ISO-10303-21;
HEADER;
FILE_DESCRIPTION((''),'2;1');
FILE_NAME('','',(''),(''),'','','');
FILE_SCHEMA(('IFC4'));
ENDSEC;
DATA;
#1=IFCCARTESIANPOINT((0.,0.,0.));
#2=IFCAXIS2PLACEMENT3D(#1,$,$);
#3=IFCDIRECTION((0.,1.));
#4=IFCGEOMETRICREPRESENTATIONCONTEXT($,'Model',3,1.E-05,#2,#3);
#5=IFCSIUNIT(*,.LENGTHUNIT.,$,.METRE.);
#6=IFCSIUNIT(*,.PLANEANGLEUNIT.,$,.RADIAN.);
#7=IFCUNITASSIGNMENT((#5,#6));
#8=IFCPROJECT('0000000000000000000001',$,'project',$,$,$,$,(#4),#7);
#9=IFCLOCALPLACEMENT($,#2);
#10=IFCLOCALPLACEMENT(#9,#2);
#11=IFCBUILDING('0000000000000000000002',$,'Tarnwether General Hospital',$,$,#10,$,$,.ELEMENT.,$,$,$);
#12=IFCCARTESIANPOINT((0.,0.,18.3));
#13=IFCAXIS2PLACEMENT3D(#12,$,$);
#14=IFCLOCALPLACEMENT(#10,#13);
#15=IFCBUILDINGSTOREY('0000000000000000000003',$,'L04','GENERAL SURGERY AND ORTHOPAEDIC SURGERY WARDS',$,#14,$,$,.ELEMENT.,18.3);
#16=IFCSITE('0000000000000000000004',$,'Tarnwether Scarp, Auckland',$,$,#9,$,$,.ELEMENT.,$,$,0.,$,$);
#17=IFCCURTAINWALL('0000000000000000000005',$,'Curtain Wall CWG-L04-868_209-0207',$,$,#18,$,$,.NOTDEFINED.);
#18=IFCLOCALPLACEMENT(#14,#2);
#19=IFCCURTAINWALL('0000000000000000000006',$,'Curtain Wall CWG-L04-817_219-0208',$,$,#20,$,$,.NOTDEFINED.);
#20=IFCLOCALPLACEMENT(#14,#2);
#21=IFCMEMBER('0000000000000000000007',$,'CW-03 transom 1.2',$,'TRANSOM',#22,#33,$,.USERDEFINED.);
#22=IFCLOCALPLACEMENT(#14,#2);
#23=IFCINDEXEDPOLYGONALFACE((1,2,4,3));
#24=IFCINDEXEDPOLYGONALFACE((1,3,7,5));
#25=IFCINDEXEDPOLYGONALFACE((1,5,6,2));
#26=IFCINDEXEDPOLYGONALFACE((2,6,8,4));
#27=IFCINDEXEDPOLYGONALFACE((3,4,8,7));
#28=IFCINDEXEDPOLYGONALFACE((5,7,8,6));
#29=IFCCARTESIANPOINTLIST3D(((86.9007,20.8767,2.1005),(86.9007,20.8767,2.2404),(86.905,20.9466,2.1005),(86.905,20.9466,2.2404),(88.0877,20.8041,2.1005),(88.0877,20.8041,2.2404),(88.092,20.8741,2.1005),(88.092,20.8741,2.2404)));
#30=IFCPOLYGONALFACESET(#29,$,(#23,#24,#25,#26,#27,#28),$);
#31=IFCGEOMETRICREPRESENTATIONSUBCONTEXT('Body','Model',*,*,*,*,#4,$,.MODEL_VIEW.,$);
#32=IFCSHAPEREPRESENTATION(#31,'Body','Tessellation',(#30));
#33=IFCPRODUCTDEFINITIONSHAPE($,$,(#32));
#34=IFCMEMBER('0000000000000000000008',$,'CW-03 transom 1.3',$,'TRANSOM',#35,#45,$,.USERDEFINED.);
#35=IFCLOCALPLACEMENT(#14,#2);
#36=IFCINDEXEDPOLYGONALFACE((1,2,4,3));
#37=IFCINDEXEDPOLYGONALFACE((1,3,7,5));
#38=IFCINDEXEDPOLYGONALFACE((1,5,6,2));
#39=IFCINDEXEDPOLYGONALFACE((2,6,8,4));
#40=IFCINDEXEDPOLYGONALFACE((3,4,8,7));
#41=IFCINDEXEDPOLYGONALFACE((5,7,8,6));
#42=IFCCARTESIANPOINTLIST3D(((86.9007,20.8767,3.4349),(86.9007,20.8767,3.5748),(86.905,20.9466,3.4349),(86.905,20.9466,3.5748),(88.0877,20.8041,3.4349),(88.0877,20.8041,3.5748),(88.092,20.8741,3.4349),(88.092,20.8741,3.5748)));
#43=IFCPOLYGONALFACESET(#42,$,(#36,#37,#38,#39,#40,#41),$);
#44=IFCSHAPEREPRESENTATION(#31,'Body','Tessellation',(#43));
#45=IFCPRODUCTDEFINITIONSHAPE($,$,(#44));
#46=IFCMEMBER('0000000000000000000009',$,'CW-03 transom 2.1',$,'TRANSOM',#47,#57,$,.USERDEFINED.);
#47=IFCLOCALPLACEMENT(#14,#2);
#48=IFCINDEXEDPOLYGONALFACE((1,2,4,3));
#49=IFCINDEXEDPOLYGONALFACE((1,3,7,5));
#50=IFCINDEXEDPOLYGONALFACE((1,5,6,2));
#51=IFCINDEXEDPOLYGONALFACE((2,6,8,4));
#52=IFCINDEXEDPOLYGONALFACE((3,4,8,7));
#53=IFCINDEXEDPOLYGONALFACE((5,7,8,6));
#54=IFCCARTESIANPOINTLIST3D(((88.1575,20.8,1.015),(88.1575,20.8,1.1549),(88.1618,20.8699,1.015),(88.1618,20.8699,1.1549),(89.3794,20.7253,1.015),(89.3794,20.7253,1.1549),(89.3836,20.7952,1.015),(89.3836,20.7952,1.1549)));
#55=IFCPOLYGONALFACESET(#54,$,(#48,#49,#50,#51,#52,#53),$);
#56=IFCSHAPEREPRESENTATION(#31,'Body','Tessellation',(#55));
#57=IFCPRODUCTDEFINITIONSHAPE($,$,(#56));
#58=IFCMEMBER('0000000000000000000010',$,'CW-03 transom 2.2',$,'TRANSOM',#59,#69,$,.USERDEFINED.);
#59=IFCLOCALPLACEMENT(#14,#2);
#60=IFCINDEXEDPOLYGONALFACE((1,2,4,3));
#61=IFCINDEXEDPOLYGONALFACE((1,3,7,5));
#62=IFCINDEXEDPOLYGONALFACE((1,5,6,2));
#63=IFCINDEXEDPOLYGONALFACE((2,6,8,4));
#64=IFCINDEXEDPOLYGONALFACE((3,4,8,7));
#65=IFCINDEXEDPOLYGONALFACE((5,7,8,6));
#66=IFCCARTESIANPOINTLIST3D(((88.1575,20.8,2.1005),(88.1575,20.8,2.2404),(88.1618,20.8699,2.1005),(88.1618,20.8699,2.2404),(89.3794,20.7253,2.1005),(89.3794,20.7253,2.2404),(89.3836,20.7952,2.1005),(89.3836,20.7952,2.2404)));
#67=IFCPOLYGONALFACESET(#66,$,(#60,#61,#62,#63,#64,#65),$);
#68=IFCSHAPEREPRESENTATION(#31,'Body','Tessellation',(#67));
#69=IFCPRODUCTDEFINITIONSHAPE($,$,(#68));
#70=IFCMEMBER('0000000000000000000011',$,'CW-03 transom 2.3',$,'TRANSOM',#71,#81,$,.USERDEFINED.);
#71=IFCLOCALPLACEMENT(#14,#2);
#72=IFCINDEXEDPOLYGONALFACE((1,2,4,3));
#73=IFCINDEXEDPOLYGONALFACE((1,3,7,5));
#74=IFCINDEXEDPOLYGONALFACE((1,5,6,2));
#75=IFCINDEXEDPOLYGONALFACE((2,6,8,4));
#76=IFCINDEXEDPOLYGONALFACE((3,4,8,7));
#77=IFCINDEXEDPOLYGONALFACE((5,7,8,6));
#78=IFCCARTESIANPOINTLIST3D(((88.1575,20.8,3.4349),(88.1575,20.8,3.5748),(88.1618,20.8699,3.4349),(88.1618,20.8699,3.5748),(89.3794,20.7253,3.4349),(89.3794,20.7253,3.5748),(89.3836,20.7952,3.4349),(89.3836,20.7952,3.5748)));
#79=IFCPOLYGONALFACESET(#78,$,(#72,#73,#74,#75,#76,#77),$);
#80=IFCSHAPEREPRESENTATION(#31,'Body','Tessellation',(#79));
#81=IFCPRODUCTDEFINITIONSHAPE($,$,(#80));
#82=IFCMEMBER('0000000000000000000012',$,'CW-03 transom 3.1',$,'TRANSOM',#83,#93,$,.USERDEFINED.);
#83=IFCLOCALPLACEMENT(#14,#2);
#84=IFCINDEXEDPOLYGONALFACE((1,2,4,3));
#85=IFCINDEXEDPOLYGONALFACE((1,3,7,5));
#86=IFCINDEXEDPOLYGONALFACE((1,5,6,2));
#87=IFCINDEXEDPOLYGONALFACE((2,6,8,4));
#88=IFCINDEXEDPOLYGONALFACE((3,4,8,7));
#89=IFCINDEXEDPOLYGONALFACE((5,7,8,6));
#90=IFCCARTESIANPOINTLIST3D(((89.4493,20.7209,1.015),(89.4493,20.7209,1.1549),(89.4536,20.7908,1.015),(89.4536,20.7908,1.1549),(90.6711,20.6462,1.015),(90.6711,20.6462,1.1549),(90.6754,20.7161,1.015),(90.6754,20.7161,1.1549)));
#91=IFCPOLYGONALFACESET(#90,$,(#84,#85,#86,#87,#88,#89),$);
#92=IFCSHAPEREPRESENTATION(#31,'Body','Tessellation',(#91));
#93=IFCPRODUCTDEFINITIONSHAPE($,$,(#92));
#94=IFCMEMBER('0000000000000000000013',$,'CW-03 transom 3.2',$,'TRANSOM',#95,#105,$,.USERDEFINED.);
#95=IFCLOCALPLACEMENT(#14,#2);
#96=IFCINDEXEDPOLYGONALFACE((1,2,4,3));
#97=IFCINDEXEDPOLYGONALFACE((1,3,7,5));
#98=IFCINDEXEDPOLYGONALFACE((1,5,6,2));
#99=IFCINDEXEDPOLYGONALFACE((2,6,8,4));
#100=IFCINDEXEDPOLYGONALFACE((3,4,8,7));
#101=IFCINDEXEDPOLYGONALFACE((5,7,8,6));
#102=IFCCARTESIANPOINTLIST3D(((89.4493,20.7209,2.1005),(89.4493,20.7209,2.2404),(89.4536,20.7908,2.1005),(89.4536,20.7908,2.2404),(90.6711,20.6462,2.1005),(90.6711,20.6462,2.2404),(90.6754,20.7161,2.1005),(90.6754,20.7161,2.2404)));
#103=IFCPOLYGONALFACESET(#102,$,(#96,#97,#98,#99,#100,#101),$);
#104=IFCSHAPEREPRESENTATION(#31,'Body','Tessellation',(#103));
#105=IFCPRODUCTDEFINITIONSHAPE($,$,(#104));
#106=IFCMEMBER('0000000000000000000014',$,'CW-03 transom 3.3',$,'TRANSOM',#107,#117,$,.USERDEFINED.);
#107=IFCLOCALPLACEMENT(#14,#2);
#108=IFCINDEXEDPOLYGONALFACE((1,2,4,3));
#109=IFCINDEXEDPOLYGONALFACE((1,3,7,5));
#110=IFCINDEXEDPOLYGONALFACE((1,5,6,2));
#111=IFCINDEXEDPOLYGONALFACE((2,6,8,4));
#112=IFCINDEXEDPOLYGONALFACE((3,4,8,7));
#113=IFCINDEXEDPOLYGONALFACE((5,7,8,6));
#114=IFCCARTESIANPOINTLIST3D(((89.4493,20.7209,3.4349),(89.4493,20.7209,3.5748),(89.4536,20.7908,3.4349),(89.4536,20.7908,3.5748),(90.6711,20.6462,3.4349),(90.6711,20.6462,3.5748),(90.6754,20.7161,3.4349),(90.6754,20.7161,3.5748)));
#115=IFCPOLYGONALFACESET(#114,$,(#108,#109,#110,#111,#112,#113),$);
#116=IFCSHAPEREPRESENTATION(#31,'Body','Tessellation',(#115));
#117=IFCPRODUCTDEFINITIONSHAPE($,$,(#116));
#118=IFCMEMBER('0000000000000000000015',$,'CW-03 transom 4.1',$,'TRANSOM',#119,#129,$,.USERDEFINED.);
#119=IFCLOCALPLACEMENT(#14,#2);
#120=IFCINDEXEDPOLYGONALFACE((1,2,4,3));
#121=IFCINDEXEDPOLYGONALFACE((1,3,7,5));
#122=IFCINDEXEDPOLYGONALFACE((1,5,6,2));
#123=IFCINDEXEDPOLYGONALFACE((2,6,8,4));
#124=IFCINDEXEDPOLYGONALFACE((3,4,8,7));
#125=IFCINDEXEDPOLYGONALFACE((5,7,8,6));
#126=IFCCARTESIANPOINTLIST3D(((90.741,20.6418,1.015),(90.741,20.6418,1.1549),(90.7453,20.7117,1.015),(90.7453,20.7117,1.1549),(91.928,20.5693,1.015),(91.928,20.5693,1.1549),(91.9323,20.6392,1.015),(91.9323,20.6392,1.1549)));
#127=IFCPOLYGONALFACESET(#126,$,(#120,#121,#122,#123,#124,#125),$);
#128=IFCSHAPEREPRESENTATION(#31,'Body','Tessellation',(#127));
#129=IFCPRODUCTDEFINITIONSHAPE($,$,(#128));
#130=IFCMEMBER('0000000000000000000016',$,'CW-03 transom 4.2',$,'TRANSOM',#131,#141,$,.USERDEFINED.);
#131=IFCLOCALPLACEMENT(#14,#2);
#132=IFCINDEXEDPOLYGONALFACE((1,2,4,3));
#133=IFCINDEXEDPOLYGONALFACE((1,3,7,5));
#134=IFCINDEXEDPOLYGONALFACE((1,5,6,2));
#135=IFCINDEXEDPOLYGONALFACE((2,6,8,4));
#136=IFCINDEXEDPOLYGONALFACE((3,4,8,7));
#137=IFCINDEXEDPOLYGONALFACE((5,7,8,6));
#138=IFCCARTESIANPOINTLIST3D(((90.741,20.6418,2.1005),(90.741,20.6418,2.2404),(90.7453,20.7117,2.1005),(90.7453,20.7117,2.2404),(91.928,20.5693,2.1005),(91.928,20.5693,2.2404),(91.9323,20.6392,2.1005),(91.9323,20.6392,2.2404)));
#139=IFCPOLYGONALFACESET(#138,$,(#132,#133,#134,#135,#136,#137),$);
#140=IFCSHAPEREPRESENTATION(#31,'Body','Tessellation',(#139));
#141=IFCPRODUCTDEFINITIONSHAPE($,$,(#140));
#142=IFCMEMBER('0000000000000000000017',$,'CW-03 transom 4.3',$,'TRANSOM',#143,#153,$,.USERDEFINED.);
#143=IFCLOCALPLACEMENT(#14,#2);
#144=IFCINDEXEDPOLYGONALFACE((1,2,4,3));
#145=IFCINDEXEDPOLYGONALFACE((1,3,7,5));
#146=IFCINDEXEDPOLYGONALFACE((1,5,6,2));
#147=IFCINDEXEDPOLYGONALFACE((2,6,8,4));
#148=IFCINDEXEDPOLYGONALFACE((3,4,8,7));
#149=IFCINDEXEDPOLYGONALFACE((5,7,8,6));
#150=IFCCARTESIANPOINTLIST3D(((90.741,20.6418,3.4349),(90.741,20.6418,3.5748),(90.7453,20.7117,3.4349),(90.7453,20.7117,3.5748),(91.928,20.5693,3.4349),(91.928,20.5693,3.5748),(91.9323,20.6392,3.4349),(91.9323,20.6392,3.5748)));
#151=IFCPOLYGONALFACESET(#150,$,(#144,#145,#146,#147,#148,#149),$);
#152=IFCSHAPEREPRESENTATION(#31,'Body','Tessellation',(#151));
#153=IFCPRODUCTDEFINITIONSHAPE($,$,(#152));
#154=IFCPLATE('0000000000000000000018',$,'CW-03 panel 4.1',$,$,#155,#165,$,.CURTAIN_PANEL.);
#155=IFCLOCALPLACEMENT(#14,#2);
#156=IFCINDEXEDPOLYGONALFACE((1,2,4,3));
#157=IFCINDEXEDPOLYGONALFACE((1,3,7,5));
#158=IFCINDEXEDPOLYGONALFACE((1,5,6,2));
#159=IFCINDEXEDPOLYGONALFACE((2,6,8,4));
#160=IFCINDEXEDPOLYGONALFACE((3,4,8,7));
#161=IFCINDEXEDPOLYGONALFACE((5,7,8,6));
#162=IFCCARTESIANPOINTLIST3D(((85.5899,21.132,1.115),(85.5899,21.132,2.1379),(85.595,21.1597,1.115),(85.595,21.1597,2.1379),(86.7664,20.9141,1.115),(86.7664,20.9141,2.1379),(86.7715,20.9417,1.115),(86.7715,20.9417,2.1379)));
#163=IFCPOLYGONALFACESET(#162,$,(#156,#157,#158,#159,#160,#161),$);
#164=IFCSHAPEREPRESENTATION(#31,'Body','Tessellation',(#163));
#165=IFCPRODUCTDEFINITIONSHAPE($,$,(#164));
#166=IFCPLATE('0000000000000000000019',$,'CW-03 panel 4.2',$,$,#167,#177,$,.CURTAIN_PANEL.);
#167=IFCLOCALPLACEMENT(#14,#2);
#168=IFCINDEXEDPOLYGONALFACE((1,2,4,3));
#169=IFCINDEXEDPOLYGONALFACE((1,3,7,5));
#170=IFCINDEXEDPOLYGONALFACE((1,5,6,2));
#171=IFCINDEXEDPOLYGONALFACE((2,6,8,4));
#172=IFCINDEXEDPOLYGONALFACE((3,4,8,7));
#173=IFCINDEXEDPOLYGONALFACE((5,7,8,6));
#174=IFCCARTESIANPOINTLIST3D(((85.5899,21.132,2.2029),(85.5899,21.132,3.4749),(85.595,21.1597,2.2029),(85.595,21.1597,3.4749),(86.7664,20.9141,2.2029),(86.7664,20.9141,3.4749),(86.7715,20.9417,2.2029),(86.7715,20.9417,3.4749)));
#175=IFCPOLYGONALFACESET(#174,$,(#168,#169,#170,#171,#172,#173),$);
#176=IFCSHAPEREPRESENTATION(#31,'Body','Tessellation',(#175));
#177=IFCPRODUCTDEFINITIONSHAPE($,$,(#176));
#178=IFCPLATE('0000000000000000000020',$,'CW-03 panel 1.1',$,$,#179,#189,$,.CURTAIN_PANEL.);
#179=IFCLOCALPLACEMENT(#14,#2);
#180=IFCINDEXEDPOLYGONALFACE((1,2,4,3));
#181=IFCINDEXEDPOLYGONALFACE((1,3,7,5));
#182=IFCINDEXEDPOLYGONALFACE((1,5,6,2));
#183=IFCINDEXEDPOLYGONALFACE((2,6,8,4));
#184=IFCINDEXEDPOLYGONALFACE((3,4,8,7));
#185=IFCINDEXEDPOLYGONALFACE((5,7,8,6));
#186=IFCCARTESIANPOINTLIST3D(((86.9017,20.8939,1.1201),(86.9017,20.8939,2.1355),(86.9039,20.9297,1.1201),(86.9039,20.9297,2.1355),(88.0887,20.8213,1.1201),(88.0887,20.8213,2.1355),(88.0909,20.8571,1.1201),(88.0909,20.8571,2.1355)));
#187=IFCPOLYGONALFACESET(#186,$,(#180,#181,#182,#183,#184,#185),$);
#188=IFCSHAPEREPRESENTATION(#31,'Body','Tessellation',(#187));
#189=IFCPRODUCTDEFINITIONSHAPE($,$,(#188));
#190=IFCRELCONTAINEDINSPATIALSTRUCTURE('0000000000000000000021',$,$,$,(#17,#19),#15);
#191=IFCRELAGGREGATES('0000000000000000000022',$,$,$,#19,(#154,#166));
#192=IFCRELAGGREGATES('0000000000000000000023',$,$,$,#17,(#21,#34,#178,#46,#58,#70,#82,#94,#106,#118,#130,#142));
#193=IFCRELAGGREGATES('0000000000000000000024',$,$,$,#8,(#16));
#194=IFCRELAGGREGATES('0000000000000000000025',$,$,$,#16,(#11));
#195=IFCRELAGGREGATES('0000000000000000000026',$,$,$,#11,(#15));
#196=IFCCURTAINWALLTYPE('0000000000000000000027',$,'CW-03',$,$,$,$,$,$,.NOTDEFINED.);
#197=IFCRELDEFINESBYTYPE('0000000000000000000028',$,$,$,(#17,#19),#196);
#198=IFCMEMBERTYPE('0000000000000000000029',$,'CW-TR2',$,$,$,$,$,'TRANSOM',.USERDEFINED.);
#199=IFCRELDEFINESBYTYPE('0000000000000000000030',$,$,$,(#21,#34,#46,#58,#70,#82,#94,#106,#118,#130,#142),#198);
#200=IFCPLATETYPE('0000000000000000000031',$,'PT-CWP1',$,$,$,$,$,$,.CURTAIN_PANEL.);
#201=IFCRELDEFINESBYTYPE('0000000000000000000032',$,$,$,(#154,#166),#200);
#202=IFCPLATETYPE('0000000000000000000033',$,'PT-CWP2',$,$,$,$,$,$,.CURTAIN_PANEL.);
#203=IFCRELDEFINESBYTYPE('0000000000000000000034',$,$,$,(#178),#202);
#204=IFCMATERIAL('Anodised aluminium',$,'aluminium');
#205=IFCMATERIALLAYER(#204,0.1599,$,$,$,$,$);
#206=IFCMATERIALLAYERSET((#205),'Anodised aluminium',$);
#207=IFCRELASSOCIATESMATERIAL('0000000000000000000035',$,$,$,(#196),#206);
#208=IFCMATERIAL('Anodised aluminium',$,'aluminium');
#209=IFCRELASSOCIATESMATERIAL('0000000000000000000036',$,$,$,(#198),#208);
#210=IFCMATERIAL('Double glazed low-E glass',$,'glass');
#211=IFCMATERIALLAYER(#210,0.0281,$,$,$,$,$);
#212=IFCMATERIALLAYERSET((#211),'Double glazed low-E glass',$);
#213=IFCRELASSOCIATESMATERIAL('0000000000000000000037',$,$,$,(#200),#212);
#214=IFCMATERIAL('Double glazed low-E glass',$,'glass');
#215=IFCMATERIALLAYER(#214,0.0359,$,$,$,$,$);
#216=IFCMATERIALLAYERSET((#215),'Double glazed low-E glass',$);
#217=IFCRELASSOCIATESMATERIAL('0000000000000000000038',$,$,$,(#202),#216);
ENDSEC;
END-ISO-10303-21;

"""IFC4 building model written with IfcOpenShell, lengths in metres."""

from ifc_helpers import new_model, si_unit, direction, frame, origin, origin_2d, place, context, subcontext, project, spatial, rectangle, extrude, material, layer, layer_set, material_profile, profile_set, type_object, element, aggregate, save


model = new_model("IFC4")

# Units and contexts
model_context = context("Model", 3, precision=1e-05, world=origin(), true_north=direction((0.0, 1.0)))
body_context = subcontext(model_context, "Body", "Model", "MODEL_VIEW")
ifc_project = project(units=[si_unit("LENGTHUNIT", "METRE"), si_unit("PLANEANGLEUNIT", "RADIAN")], contexts=[model_context])

# Site, building, storey
site_placement = place(None, origin())
site = spatial("IfcSite", under=ifc_project, at=site_placement, Name="Tarnwether Scarp, Auckland", CompositionType="ELEMENT", RefElevation=0.0)
building_placement = place(site_placement, origin())
building = spatial("IfcBuilding", under=site, at=building_placement, Name="Tarnwether General Hospital", CompositionType="ELEMENT")
storey_placement = place(building_placement, frame((0.0, 0.0, 18.3)))
storey = spatial("IfcBuildingStorey", under=building, at=storey_placement, Name="L04", Description="GENERAL SURGERY AND ORTHOPAEDIC SURGERY WARDS", CompositionType="ELEMENT", Elevation=18.3)

# Curtain wall
ifc_material_1 = material(Name="Anodised aluminium", Category="aluminium")
ifc_layer_1 = layer(ifc_material_1, 0.1599)
ifc_layer_set_1 = layer_set([ifc_layer_1], Name="Anodised aluminium")
curtain_wall_type = type_object("IfcCurtainWallType", Name="CW-03", PredefinedType="NOTDEFINED", material=ifc_layer_set_1)
curtain_wall_1_placement = place(storey_placement, origin())
curtain_wall_1 = element("IfcCurtainWall", 1, at=curtain_wall_1_placement, inside=storey, type_object=curtain_wall_type, Name="Curtain Wall CWG-L04-868_209-0207", PredefinedType="NOTDEFINED")

# Curtain wall
curtain_wall_2_placement = place(storey_placement, origin())
curtain_wall_2 = element("IfcCurtainWall", 2, at=curtain_wall_2_placement, inside=storey, type_object=curtain_wall_type, Name="Curtain Wall CWG-L04-817_219-0208", PredefinedType="NOTDEFINED")

# Members
ifc_material_2 = material(Name="Anodised aluminium", Category="aluminium")
ifc_material_profile_1 = material_profile(ifc_material_2, rectangle(XDim=0.0701, YDim=0.1399, at=origin_2d()), Name="ALU-TRN-70x140")
ifc_profile_set_1 = profile_set([ifc_material_profile_1], Name="Anodised aluminium")
member_type_1 = type_object("IfcMemberType", Name="CW-TR2", ElementType="TRANSOM", PredefinedType="USERDEFINED", material=ifc_profile_set_1)
member_1_placement = place(storey_placement, frame((86.9028, 20.9116, 2.1704), z_axis=(0.998139, -0.060972, 0.0), x_axis=(0.060972, 0.998139, 0.0)))
member_1 = element("IfcMember", 3, at=member_1_placement, type_object=member_type_1, Name="CW-03 transom 1.2", ObjectType="TRANSOM", PredefinedType="USERDEFINED", context=body_context, shape_type="SweptSolid", body=[
    extrude(rectangle(XDim=0.0701, YDim=0.1399, at=origin_2d()), origin(), (0.0, 0.0, 1.0), 1.1892),
])
member_2_placement = place(storey_placement, frame((86.9028, 20.9116, 3.5049), z_axis=(0.998139, -0.060972, 0.0), x_axis=(0.060972, 0.998139, 0.0)))
member_2 = element("IfcMember", 4, at=member_2_placement, type_object=member_type_1, Name="CW-03 transom 1.3", ObjectType="TRANSOM", PredefinedType="USERDEFINED", context=body_context, shape_type="SweptSolid", body=[
    extrude(rectangle(XDim=0.0701, YDim=0.1399, at=origin_2d()), origin(), (0.0, 0.0, 1.0), 1.1892),
])
member_3_placement = place(storey_placement, frame((88.1597, 20.835, 1.085), z_axis=(0.998136, -0.061025, 0.0), x_axis=(0.061025, 0.998136, 0.0)))
member_3 = element("IfcMember", 5, at=member_3_placement, type_object=member_type_1, Name="CW-03 transom 2.1", ObjectType="TRANSOM", PredefinedType="USERDEFINED", context=body_context, shape_type="SweptSolid", body=[
    extrude(rectangle(XDim=0.0701, YDim=0.1399, at=origin_2d()), origin(), (0.0, 0.0, 1.0), 1.2241),
])
member_4_placement = place(storey_placement, frame((88.1597, 20.835, 2.1704), z_axis=(0.998136, -0.061025, 0.0), x_axis=(0.061025, 0.998136, 0.0)))
member_4 = element("IfcMember", 6, at=member_4_placement, type_object=member_type_1, Name="CW-03 transom 2.2", ObjectType="TRANSOM", PredefinedType="USERDEFINED", context=body_context, shape_type="SweptSolid", body=[
    extrude(rectangle(XDim=0.0701, YDim=0.1399, at=origin_2d()), origin(), (0.0, 0.0, 1.0), 1.2241),
])
member_5_placement = place(storey_placement, frame((88.1597, 20.835, 3.5049), z_axis=(0.998136, -0.061025, 0.0), x_axis=(0.061025, 0.998136, 0.0)))
member_5 = element("IfcMember", 7, at=member_5_placement, type_object=member_type_1, Name="CW-03 transom 2.3", ObjectType="TRANSOM", PredefinedType="USERDEFINED", context=body_context, shape_type="SweptSolid", body=[
    extrude(rectangle(XDim=0.0701, YDim=0.1399, at=origin_2d()), origin(), (0.0, 0.0, 1.0), 1.2241),
])
member_6_placement = place(storey_placement, frame((89.4514, 20.7559, 1.085), z_axis=(0.998136, -0.061025, 0.0), x_axis=(0.061025, 0.998136, 0.0)))
member_6 = element("IfcMember", 8, at=member_6_placement, type_object=member_type_1, Name="CW-03 transom 3.1", ObjectType="TRANSOM", PredefinedType="USERDEFINED", context=body_context, shape_type="SweptSolid", body=[
    extrude(rectangle(XDim=0.0701, YDim=0.1399, at=origin_2d()), origin(), (0.0, 0.0, 1.0), 1.2241),
])
member_7_placement = place(storey_placement, frame((89.4514, 20.7559, 2.1704), z_axis=(0.998136, -0.061025, 0.0), x_axis=(0.061025, 0.998136, 0.0)))
member_7 = element("IfcMember", 9, at=member_7_placement, type_object=member_type_1, Name="CW-03 transom 3.2", ObjectType="TRANSOM", PredefinedType="USERDEFINED", context=body_context, shape_type="SweptSolid", body=[
    extrude(rectangle(XDim=0.0701, YDim=0.1399, at=origin_2d()), origin(), (0.0, 0.0, 1.0), 1.2241),
])
member_8_placement = place(storey_placement, frame((89.4514, 20.7559, 3.5049), z_axis=(0.998136, -0.061025, 0.0), x_axis=(0.061025, 0.998136, 0.0)))
member_8 = element("IfcMember", 10, at=member_8_placement, type_object=member_type_1, Name="CW-03 transom 3.3", ObjectType="TRANSOM", PredefinedType="USERDEFINED", context=body_context, shape_type="SweptSolid", body=[
    extrude(rectangle(XDim=0.0701, YDim=0.1399, at=origin_2d()), origin(), (0.0, 0.0, 1.0), 1.2241),
])
member_9_placement = place(storey_placement, frame((90.7432, 20.6768, 1.085), z_axis=(0.998139, -0.060972, 0.0), x_axis=(0.060972, 0.998139, 0.0)))
member_9 = element("IfcMember", 11, at=member_9_placement, type_object=member_type_1, Name="CW-03 transom 4.1", ObjectType="TRANSOM", PredefinedType="USERDEFINED", context=body_context, shape_type="SweptSolid", body=[
    extrude(rectangle(XDim=0.0701, YDim=0.1399, at=origin_2d()), origin(), (0.0, 0.0, 1.0), 1.1892),
])
member_10_placement = place(storey_placement, frame((90.7432, 20.6768, 2.1704), z_axis=(0.998139, -0.060972, 0.0), x_axis=(0.060972, 0.998139, 0.0)))
member_10 = element("IfcMember", 12, at=member_10_placement, type_object=member_type_1, Name="CW-03 transom 4.2", ObjectType="TRANSOM", PredefinedType="USERDEFINED", context=body_context, shape_type="SweptSolid", body=[
    extrude(rectangle(XDim=0.0701, YDim=0.1399, at=origin_2d()), origin(), (0.0, 0.0, 1.0), 1.1892),
])
member_11_placement = place(storey_placement, frame((90.7432, 20.6768, 3.5049), z_axis=(0.998139, -0.060972, 0.0), x_axis=(0.060972, 0.998139, 0.0)))
member_11 = element("IfcMember", 13, at=member_11_placement, type_object=member_type_1, Name="CW-03 transom 4.3", ObjectType="TRANSOM", PredefinedType="USERDEFINED", context=body_context, shape_type="SweptSolid", body=[
    extrude(rectangle(XDim=0.0701, YDim=0.1399, at=origin_2d()), origin(), (0.0, 0.0, 1.0), 1.1892),
])

# Plates
ifc_material_3 = material(Name="Double glazed low-E glass", Category="glass")
ifc_layer_2 = layer(ifc_material_3, 0.0281)
ifc_layer_set_2 = layer_set([ifc_layer_2], Name="Double glazed low-E glass")
plate_type_1 = type_object("IfcPlateType", Name="PT-CWP1", PredefinedType="CURTAIN_PANEL", material=ifc_layer_set_2)
plate_1_placement = place(storey_placement, frame((86.1807, 21.0369, 1.115), z_axis=(0.0, 0.0, 1.0), x_axis=(0.983268, -0.182165, 0.0)))
plate_1 = element("IfcPlate", 14, at=plate_1_placement, type_object=plate_type_1, Name="CW-03 panel 4.1", PredefinedType="CURTAIN_PANEL", context=body_context, shape_type="SweptSolid", body=[
    extrude(rectangle(XDim=1.1965, YDim=0.0281, at=origin_2d()), origin(), (0.0, 0.0, 1.0), 1.0229),
])
plate_2_placement = place(storey_placement, frame((86.1807, 21.0369, 2.2029), z_axis=(0.0, 0.0, 1.0), x_axis=(0.983268, -0.182165, 0.0)))
plate_2 = element("IfcPlate", 15, at=plate_2_placement, type_object=plate_type_1, Name="CW-03 panel 4.2", PredefinedType="CURTAIN_PANEL", context=body_context, shape_type="SweptSolid", body=[
    extrude(rectangle(XDim=1.1965, YDim=0.0281, at=origin_2d()), origin(), (0.0, 0.0, 1.0), 1.272),
])
aggregate(curtain_wall_2, [plate_1, plate_2])
ifc_material_4 = material(Name="Double glazed low-E glass", Category="glass")
ifc_layer_3 = layer(ifc_material_4, 0.0359)
ifc_layer_set_3 = layer_set([ifc_layer_3], Name="Double glazed low-E glass")
plate_type_2 = type_object("IfcPlateType", Name="PT-CWP2", PredefinedType="CURTAIN_PANEL", material=ifc_layer_set_3)
plate_3_placement = place(storey_placement, frame((87.4963, 20.8755, 1.1201), z_axis=(0.0, 0.0, 1.0), x_axis=(0.998135, -0.061043, 0.0)))
plate_3 = element("IfcPlate", 16, at=plate_3_placement, type_object=plate_type_2, Name="CW-03 panel 1.1", PredefinedType="CURTAIN_PANEL", context=body_context, shape_type="SweptSolid", body=[
    extrude(rectangle(XDim=1.1892, YDim=0.0359, at=origin_2d()), origin(), (0.0, 0.0, 1.0), 1.0154),
])
aggregate(curtain_wall_1, [member_1, member_2, plate_3, member_3, member_4, member_5, member_6, member_7, member_8, member_9, member_10, member_11])

save(model, "model.ifc")
